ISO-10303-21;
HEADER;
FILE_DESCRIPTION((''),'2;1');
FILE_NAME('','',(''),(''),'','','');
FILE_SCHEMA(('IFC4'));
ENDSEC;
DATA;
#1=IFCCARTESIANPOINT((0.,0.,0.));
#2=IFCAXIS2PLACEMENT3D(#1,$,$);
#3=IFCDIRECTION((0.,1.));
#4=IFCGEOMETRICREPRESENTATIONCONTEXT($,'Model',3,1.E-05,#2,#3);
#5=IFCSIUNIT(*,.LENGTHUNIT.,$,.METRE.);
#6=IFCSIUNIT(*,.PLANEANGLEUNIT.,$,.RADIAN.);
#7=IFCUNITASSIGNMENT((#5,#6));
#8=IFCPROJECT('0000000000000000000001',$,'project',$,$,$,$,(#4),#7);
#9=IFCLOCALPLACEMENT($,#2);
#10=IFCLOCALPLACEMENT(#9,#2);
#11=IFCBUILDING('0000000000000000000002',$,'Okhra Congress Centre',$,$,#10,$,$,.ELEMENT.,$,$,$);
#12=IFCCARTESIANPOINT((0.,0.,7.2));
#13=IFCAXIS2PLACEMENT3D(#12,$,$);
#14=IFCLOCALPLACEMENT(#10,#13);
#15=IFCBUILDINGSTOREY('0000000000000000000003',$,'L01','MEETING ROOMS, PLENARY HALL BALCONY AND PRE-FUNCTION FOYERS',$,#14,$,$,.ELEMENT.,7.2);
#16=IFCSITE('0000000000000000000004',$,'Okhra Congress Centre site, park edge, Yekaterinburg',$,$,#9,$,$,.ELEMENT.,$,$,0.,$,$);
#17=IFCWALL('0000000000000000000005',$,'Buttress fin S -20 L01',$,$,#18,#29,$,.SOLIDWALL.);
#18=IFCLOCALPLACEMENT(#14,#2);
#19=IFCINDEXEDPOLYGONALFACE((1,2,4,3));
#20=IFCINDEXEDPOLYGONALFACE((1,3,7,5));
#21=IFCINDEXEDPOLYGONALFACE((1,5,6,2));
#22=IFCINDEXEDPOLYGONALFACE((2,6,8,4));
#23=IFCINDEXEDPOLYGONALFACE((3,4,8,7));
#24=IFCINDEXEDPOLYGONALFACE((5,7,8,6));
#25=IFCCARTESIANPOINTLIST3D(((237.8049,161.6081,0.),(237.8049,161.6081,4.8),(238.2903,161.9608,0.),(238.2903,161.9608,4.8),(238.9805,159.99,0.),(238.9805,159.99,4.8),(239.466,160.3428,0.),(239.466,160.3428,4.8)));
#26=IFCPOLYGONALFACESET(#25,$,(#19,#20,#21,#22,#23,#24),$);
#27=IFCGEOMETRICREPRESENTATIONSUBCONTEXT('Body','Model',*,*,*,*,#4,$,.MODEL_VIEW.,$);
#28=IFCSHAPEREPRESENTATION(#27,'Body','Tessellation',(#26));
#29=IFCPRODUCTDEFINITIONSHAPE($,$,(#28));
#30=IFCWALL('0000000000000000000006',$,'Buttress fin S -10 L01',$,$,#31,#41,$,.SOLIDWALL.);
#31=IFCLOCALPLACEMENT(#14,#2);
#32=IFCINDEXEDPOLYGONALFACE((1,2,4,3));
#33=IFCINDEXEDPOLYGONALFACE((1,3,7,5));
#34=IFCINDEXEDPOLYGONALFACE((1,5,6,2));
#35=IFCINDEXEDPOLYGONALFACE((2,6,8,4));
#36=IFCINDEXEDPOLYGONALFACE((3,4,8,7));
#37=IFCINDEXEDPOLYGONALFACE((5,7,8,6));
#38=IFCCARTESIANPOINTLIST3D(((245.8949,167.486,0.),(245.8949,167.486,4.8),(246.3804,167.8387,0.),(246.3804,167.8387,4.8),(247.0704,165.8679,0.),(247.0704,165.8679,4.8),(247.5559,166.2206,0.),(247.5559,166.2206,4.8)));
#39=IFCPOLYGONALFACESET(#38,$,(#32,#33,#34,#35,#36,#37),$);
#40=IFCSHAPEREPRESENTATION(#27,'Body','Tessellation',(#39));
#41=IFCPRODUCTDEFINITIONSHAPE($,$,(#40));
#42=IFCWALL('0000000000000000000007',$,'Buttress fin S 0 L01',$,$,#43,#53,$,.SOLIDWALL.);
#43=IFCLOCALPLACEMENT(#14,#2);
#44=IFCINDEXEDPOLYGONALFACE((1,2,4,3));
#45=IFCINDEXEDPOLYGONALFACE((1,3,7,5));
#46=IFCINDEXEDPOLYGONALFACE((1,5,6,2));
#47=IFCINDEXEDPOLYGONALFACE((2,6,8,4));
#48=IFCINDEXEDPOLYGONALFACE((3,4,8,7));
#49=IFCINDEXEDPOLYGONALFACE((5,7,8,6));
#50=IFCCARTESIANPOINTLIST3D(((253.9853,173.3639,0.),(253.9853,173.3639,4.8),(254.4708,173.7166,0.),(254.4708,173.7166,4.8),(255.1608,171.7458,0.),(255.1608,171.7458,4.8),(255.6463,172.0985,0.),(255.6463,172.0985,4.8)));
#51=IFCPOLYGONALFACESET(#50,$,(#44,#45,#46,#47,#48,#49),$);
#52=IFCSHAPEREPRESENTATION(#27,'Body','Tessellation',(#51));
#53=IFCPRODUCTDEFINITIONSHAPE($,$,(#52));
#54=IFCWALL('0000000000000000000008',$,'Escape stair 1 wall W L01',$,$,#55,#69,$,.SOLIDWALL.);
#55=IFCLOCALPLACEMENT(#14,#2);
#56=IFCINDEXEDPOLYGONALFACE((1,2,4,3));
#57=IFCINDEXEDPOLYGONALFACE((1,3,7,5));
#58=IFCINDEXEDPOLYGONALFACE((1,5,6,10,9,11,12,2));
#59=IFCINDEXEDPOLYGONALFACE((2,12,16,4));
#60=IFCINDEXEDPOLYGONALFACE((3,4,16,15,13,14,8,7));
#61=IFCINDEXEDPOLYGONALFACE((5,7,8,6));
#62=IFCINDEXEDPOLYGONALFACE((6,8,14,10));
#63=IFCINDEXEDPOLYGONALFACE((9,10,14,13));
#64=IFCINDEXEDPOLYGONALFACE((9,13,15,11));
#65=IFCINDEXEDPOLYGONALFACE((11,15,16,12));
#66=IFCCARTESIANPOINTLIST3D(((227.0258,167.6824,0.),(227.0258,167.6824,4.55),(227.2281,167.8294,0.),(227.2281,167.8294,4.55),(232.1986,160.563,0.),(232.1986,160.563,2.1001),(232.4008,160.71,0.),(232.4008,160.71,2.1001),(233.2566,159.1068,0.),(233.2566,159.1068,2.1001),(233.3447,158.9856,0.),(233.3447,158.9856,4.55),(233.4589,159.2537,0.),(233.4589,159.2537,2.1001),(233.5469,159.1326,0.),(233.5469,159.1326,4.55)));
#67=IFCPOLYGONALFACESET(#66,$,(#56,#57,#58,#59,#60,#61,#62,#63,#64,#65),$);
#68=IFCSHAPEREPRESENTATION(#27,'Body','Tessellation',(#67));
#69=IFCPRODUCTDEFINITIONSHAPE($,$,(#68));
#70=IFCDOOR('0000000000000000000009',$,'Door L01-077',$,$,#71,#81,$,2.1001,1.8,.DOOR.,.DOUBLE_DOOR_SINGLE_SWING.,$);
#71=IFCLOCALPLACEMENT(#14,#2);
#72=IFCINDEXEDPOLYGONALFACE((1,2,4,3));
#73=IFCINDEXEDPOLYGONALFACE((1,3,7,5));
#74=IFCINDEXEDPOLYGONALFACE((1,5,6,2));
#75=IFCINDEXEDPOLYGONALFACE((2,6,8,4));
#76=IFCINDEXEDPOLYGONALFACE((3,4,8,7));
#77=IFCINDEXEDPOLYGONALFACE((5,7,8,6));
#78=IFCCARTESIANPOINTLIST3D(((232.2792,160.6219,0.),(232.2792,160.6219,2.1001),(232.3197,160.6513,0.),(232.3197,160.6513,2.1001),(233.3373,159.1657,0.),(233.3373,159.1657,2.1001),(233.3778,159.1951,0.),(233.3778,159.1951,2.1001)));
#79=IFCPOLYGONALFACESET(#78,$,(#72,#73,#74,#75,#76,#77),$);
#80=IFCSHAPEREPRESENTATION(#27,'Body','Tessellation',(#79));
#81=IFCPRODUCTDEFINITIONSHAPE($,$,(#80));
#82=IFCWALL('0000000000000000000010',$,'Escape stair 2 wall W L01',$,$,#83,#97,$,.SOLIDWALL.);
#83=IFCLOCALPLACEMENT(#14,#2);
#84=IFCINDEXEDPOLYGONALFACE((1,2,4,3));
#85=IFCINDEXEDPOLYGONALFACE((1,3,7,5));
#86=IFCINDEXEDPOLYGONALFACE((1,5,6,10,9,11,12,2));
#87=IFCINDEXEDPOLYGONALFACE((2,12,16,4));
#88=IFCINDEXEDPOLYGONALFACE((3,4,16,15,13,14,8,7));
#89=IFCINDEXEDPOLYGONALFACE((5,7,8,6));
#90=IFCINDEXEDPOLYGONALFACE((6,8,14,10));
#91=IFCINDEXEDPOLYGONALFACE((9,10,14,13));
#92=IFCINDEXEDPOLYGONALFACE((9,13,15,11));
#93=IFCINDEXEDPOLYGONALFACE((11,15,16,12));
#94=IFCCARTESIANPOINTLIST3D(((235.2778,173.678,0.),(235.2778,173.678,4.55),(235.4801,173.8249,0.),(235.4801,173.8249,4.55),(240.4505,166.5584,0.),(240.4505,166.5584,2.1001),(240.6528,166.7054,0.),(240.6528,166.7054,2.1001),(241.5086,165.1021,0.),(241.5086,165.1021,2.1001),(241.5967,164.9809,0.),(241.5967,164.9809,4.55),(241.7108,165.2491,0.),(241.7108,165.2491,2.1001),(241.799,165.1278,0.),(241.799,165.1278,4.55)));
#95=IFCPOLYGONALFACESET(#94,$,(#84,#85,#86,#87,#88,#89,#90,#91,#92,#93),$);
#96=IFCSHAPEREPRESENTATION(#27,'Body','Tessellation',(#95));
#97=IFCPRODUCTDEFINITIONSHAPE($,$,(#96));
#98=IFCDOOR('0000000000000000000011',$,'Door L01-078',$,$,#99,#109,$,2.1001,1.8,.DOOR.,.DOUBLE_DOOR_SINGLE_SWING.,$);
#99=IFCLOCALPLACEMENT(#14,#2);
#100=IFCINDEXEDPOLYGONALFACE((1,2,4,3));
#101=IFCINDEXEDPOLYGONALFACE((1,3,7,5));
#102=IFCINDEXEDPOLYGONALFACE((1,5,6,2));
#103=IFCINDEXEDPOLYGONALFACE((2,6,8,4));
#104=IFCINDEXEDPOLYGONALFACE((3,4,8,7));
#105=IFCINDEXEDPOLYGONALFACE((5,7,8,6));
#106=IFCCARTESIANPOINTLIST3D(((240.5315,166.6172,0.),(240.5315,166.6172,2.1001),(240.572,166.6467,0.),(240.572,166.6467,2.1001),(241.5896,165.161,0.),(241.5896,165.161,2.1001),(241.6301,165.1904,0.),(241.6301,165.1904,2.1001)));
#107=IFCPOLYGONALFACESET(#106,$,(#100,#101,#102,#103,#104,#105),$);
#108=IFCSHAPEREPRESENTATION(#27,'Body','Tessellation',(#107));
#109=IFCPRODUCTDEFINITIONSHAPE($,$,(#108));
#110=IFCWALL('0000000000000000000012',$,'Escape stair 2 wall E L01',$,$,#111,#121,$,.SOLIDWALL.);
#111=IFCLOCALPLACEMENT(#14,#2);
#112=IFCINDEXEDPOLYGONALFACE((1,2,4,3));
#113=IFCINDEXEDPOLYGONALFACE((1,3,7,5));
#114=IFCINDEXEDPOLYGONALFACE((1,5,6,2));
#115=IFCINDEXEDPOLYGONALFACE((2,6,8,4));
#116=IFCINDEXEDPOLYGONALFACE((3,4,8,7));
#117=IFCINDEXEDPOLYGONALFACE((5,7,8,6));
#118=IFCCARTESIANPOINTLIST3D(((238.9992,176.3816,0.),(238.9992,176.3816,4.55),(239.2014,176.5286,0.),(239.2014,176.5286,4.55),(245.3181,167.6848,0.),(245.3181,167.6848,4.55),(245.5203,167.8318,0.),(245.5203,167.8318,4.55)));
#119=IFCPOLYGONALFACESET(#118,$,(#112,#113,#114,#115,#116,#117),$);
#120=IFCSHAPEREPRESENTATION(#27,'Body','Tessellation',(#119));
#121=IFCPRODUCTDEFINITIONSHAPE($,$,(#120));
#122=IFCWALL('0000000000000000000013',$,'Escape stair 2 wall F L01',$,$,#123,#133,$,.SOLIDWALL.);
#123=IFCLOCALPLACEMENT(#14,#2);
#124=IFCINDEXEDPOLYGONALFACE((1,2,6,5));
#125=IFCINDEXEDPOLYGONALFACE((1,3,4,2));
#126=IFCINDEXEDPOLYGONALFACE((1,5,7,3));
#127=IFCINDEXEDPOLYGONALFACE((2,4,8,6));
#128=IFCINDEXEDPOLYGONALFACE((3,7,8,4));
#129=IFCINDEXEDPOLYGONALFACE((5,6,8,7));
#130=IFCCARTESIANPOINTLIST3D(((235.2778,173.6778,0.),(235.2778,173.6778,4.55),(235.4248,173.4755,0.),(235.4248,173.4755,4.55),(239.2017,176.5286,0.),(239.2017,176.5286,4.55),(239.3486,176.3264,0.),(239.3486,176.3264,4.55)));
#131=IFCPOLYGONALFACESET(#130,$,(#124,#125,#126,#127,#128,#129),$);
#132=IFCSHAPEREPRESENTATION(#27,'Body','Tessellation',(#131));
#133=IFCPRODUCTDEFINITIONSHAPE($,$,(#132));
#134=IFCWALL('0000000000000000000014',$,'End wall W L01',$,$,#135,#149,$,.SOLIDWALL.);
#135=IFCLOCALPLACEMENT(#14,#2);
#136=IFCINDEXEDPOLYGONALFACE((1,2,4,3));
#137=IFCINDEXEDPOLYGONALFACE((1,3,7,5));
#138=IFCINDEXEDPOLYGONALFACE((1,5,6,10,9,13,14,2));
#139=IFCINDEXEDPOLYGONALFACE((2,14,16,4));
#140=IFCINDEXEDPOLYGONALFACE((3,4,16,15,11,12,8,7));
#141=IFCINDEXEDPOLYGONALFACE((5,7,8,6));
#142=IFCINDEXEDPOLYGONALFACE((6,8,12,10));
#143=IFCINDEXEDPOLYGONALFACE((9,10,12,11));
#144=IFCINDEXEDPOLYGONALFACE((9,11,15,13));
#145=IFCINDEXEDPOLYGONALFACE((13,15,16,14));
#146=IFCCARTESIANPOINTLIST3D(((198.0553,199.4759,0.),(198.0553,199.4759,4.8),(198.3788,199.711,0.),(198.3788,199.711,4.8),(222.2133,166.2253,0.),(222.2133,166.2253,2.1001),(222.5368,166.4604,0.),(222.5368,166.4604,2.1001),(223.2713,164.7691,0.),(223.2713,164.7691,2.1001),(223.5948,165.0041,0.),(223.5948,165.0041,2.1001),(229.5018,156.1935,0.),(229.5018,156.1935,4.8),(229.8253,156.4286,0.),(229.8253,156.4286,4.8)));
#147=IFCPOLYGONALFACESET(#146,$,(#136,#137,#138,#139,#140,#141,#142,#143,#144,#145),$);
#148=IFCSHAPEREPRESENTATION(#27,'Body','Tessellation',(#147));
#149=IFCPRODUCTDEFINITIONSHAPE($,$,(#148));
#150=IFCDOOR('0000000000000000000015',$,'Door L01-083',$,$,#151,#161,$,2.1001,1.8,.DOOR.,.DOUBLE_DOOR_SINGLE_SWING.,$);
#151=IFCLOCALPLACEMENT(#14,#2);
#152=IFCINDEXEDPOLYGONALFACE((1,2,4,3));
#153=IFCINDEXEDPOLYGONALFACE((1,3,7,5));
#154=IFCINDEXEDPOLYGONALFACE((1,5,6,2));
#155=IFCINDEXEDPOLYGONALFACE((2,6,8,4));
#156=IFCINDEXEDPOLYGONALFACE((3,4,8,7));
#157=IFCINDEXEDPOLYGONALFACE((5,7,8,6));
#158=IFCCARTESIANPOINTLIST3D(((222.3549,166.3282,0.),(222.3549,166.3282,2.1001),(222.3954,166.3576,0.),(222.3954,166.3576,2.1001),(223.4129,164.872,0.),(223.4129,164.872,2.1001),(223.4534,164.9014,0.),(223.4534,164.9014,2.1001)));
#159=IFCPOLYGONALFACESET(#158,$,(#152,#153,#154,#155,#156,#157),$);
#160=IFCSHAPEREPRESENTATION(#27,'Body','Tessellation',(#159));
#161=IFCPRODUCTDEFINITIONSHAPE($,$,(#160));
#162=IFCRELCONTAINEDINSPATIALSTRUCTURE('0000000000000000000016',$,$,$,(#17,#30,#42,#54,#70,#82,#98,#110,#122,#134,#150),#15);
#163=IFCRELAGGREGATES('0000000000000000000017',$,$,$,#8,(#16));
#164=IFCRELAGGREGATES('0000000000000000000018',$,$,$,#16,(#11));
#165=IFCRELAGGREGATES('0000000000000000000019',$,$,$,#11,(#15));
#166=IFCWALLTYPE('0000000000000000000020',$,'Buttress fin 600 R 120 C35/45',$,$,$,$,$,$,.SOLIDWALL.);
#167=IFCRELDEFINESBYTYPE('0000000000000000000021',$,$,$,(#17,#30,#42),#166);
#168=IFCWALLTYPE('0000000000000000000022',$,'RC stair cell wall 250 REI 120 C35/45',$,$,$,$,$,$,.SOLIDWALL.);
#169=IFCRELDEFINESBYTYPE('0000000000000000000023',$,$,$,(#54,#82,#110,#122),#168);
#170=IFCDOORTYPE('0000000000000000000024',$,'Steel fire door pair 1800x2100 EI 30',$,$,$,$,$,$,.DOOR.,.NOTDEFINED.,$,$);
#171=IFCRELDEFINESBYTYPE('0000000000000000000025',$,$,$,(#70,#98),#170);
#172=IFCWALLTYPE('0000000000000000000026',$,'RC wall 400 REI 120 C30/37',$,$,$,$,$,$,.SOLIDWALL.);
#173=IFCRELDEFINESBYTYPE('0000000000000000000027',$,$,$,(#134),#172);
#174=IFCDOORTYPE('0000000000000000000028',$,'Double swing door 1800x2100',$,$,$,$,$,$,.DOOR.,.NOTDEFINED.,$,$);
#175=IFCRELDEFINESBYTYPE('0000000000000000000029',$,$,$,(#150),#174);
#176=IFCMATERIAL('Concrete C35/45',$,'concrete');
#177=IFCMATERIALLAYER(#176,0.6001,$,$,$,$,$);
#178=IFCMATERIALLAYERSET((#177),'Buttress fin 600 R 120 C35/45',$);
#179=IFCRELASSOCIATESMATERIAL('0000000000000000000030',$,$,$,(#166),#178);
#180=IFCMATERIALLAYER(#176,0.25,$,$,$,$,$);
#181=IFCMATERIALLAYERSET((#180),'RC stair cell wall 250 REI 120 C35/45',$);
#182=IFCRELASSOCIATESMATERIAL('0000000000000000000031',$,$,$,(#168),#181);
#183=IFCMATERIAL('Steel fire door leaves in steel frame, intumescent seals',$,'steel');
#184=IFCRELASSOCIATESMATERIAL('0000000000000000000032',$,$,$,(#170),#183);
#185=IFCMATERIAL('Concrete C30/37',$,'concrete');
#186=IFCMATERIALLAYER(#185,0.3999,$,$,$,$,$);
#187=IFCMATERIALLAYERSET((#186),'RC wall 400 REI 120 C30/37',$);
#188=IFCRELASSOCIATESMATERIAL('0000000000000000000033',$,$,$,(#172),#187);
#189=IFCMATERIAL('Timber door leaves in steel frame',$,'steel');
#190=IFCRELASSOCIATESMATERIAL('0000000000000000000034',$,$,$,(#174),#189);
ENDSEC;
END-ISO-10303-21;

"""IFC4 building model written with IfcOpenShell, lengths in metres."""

from ifc_helpers import new_model, si_unit, direction, frame, frame_2d, origin, place, context, subcontext, project, spatial, rectangle, extrude, material, layer, layer_set, type_object, element, fill, save


model = new_model("IFC4")

# Units and contexts
model_context = context("Model", 3, precision=1e-05, world=origin(), true_north=direction((0.0, 1.0)))
body_context = subcontext(model_context, "Body", "Model", "MODEL_VIEW")
ifc_project = project(units=[si_unit("LENGTHUNIT", "METRE"), si_unit("PLANEANGLEUNIT", "RADIAN")], contexts=[model_context])

# Site, building, storey
site_placement = place(None, origin())
site = spatial("IfcSite", under=ifc_project, at=site_placement, Name="Okhra Congress Centre site, park edge, Yekaterinburg", CompositionType="ELEMENT", RefElevation=0.0)
building_placement = place(site_placement, origin())
building = spatial("IfcBuilding", under=site, at=building_placement, Name="Okhra Congress Centre", CompositionType="ELEMENT")
storey_placement = place(building_placement, frame((0.0, 0.0, 7.2)))
storey = spatial("IfcBuildingStorey", under=building, at=storey_placement, Name="L01", Description="MEETING ROOMS, PLENARY HALL BALCONY AND PRE-FUNCTION FOYERS", CompositionType="ELEMENT", Elevation=7.2)

# Walls
ifc_material_1 = material(Name="Concrete C35/45", Category="concrete")
ifc_layer_1 = layer(ifc_material_1, 0.6001)
ifc_layer_set_1 = layer_set([ifc_layer_1], Name="Buttress fin 600 R 120 C35/45")
wall_type_1 = type_object("IfcWallType", Name="Buttress fin 600 R 120 C35/45", PredefinedType="SOLIDWALL", material=ifc_layer_set_1)
for number, where, z_axis, x_axis, name in (
    (1, (238.0476, 161.7844, 0.0), (0.0, 0.0, 1.0), (0.587801, -0.809005, 0.0), "Buttress fin S -20 L01"),
    (2, (246.1377, 167.6624, 0.0), (0.0, 0.0, 1.0), (0.587743, -0.809047, 0.0), "Buttress fin S -10 L01"),
    (3, (254.228, 173.5403, 0.0), (0.0, 0.0, 1.0), (0.587743, -0.809047, 0.0), "Buttress fin S 0 L01"),
):
    element("IfcWall", number, at=place(storey_placement, frame(where, z_axis=z_axis, x_axis=x_axis)), inside=storey, type_object=wall_type_1, Name=name, PredefinedType="SOLIDWALL", context=body_context, shape_type="SweptSolid", body=[
        extrude(rectangle(XDim=2.0, YDim=0.6001, at=frame_2d((1.0, 0.0))), origin(), (0.0, 0.0, 1.0), 4.8),
    ])

# Walls, openings, doors
ifc_layer_2 = layer(ifc_material_1, 0.25)
ifc_layer_set_2 = layer_set([ifc_layer_2], Name="RC stair cell wall 250 REI 120 C35/45")
wall_type_2 = type_object("IfcWallType", Name="RC stair cell wall 250 REI 120 C35/45", PredefinedType="SOLIDWALL", material=ifc_layer_set_2)
wall_1_placement = place(storey_placement, frame((233.4458, 159.0591, 0.0), z_axis=(0.0, 0.0, 1.0), x_axis=(-0.587802, 0.809005, 0.0)))
wall_1 = element("IfcWall", 4, at=wall_1_placement, inside=storey, type_object=wall_type_2, Name="Escape stair 1 wall W L01", PredefinedType="SOLIDWALL", context=body_context, shape_type="SweptSolid", body=[
    extrude(rectangle(XDim=10.75, YDim=0.25, at=frame_2d((5.375, 0.0))), origin(), (0.0, 0.0, 1.0), 4.55),
])
opening_1_placement = place(wall_1_placement, frame((0.1499, 0.0, 0.0)))
opening_1 = element("IfcOpeningElement", 5, at=opening_1_placement, cuts=wall_1, PredefinedType="OPENING", context=body_context, shape_type="SweptSolid", body=[
    extrude(rectangle(XDim=1.8, YDim=2.1001, at=frame_2d((0.8999, 1.05))), frame((0.0, 0.135, 0.0), z_axis=(0.0, -1.0, 0.0), x_axis=(1.0, 0.0, 0.0)), (0.0, 0.0, 1.0), 0.27),
])
ifc_material_2 = material(Name="Steel fire door leaves in steel frame, intumescent seals", Category="steel")
door_type_1 = type_object("IfcDoorType", Name="Steel fire door pair 1800x2100 EI 30", OperationType="NOTDEFINED", PredefinedType="DOOR", material=ifc_material_2)
door_1_placement = place(opening_1_placement, frame((1.8, 0.0, 0.0), z_axis=(0.0, 0.0, 1.0), x_axis=(-1.0, 0.0, 0.0)))
door_1 = element("IfcDoor", 6, at=door_1_placement, inside=storey, type_object=door_type_1, Name="Door L01-077", OperationType="DOUBLE_DOOR_SINGLE_SWING", OverallHeight=2.1001, OverallWidth=1.8, PredefinedType="DOOR", context=body_context, shape_type="SweptSolid", body=[
    extrude(rectangle(XDim=1.8, YDim=2.1001, at=frame_2d((0.8999, 1.05))), frame((0.0, 0.0249, 0.0), z_axis=(0.0, -1.0, 0.0), x_axis=(1.0, 0.0, 0.0)), (0.0, 0.0, 1.0), 0.05),
])
fill(opening_1, door_1)
wall_2_placement = place(storey_placement, frame((241.6978, 165.0544, 0.0), z_axis=(0.0, 0.0, 1.0), x_axis=(-0.587791, 0.809013, 0.0)))
wall_2 = element("IfcWall", 7, at=wall_2_placement, inside=storey, type_object=wall_type_2, Name="Escape stair 2 wall W L01", PredefinedType="SOLIDWALL", context=body_context, shape_type="SweptSolid", body=[
    extrude(rectangle(XDim=10.7502, YDim=0.25, at=frame_2d((5.375, 0.0))), origin(), (0.0, 0.0, 1.0), 4.55),
])
opening_2_placement = place(wall_2_placement, frame((0.1499, 0.0, 0.0)))
opening_2 = element("IfcOpeningElement", 8, at=opening_2_placement, cuts=wall_2, PredefinedType="OPENING", context=body_context, shape_type="SweptSolid", body=[
    extrude(rectangle(XDim=1.8, YDim=2.1001, at=frame_2d((0.8999, 1.05))), frame((0.0, 0.135, 0.0), z_axis=(0.0, -1.0, 0.0), x_axis=(1.0, 0.0, 0.0)), (0.0, 0.0, 1.0), 0.27),
])
door_2_placement = place(opening_2_placement, origin())
door_2 = element("IfcDoor", 9, at=door_2_placement, inside=storey, type_object=door_type_1, Name="Door L01-078", OperationType="DOUBLE_DOOR_SINGLE_SWING", OverallHeight=2.1001, OverallWidth=1.8, PredefinedType="DOOR", context=body_context, shape_type="SweptSolid", body=[
    extrude(rectangle(XDim=1.8, YDim=2.1001, at=frame_2d((0.8999, 1.05))), frame((0.0, 0.0249, 0.0), z_axis=(0.0, -1.0, 0.0), x_axis=(1.0, 0.0, 0.0)), (0.0, 0.0, 1.0), 0.05),
])
fill(opening_2, door_2)

# Walls
wall_3_placement = place(storey_placement, frame((245.4192, 167.7583, 0.0), z_axis=(0.0, 0.0, 1.0), x_axis=(-0.587802, 0.809005, 0.0)))
element("IfcWall", 10, at=wall_3_placement, inside=storey, type_object=wall_type_2, Name="Escape stair 2 wall E L01", PredefinedType="SOLIDWALL", context=body_context, shape_type="SweptSolid", body=[
    extrude(rectangle(XDim=10.75, YDim=0.25, at=frame_2d((5.375, 0.0))), origin(), (0.0, 0.0, 1.0), 4.55),
])
wall_4_placement = place(storey_placement, frame((235.3513, 173.5767, 0.0), z_axis=(0.0, 0.0, 1.0), x_axis=(0.809017, 0.587786, 0.0)))
element("IfcWall", 11, at=wall_4_placement, inside=storey, type_object=wall_type_2, Name="Escape stair 2 wall F L01", PredefinedType="SOLIDWALL", context=body_context, shape_type="SweptSolid", body=[
    extrude(rectangle(XDim=4.8501, YDim=0.25, at=frame_2d((2.425, 0.0))), origin(), (0.0, 0.0, 1.0), 4.55),
])

# Wall, opening, door
ifc_material_3 = material(Name="Concrete C30/37", Category="concrete")
ifc_layer_3 = layer(ifc_material_3, 0.3999)
ifc_layer_set_3 = layer_set([ifc_layer_3], Name="RC wall 400 REI 120 C30/37")
wall_type_3 = type_object("IfcWallType", Name="RC wall 400 REI 120 C30/37", PredefinedType="SOLIDWALL", material=ifc_layer_set_3)
wall_5_placement = place(storey_placement, frame((229.6636, 156.311, 0.0), z_axis=(0.0, 0.0, 1.0), x_axis=(-0.587785, 0.809017, 0.0)))
wall_5 = element("IfcWall", 12, at=wall_5_placement, inside=storey, type_object=wall_type_3, Name="End wall W L01", PredefinedType="SOLIDWALL", context=body_context, shape_type="SweptSolid", body=[
    extrude(rectangle(XDim=53.5, YDim=0.3999, at=frame_2d((26.75, 0.0))), origin(), (0.0, 0.0, 1.0), 4.8),
])
opening_3_placement = place(wall_5_placement, frame((10.6001, 0.0, 0.0)))
opening_3 = element("IfcOpeningElement", 13, at=opening_3_placement, cuts=wall_5, PredefinedType="OPENING", context=body_context, shape_type="SweptSolid", body=[
    extrude(rectangle(XDim=1.8, YDim=2.1001, at=frame_2d((0.8999, 1.05))), frame((0.0, 0.21, 0.0), z_axis=(0.0, -1.0, 0.0), x_axis=(1.0, 0.0, 0.0)), (0.0, 0.0, 1.0), 0.4199),
])
ifc_material_4 = material(Name="Timber door leaves in steel frame", Category="steel")
door_type_2 = type_object("IfcDoorType", Name="Double swing door 1800x2100", OperationType="NOTDEFINED", PredefinedType="DOOR", material=ifc_material_4)
door_3_placement = place(opening_3_placement, origin())
door_3 = element("IfcDoor", 14, at=door_3_placement, inside=storey, type_object=door_type_2, Name="Door L01-083", OperationType="DOUBLE_DOOR_SINGLE_SWING", OverallHeight=2.1001, OverallWidth=1.8, PredefinedType="DOOR", context=body_context, shape_type="SweptSolid", body=[
    extrude(rectangle(XDim=1.8, YDim=2.1001, at=frame_2d((0.8999, 1.05))), frame((0.0, 0.0249, 0.0), z_axis=(0.0, -1.0, 0.0), x_axis=(1.0, 0.0, 0.0)), (0.0, 0.0, 1.0), 0.05),
])
fill(opening_3, door_3)

save(model, "model.ifc")
